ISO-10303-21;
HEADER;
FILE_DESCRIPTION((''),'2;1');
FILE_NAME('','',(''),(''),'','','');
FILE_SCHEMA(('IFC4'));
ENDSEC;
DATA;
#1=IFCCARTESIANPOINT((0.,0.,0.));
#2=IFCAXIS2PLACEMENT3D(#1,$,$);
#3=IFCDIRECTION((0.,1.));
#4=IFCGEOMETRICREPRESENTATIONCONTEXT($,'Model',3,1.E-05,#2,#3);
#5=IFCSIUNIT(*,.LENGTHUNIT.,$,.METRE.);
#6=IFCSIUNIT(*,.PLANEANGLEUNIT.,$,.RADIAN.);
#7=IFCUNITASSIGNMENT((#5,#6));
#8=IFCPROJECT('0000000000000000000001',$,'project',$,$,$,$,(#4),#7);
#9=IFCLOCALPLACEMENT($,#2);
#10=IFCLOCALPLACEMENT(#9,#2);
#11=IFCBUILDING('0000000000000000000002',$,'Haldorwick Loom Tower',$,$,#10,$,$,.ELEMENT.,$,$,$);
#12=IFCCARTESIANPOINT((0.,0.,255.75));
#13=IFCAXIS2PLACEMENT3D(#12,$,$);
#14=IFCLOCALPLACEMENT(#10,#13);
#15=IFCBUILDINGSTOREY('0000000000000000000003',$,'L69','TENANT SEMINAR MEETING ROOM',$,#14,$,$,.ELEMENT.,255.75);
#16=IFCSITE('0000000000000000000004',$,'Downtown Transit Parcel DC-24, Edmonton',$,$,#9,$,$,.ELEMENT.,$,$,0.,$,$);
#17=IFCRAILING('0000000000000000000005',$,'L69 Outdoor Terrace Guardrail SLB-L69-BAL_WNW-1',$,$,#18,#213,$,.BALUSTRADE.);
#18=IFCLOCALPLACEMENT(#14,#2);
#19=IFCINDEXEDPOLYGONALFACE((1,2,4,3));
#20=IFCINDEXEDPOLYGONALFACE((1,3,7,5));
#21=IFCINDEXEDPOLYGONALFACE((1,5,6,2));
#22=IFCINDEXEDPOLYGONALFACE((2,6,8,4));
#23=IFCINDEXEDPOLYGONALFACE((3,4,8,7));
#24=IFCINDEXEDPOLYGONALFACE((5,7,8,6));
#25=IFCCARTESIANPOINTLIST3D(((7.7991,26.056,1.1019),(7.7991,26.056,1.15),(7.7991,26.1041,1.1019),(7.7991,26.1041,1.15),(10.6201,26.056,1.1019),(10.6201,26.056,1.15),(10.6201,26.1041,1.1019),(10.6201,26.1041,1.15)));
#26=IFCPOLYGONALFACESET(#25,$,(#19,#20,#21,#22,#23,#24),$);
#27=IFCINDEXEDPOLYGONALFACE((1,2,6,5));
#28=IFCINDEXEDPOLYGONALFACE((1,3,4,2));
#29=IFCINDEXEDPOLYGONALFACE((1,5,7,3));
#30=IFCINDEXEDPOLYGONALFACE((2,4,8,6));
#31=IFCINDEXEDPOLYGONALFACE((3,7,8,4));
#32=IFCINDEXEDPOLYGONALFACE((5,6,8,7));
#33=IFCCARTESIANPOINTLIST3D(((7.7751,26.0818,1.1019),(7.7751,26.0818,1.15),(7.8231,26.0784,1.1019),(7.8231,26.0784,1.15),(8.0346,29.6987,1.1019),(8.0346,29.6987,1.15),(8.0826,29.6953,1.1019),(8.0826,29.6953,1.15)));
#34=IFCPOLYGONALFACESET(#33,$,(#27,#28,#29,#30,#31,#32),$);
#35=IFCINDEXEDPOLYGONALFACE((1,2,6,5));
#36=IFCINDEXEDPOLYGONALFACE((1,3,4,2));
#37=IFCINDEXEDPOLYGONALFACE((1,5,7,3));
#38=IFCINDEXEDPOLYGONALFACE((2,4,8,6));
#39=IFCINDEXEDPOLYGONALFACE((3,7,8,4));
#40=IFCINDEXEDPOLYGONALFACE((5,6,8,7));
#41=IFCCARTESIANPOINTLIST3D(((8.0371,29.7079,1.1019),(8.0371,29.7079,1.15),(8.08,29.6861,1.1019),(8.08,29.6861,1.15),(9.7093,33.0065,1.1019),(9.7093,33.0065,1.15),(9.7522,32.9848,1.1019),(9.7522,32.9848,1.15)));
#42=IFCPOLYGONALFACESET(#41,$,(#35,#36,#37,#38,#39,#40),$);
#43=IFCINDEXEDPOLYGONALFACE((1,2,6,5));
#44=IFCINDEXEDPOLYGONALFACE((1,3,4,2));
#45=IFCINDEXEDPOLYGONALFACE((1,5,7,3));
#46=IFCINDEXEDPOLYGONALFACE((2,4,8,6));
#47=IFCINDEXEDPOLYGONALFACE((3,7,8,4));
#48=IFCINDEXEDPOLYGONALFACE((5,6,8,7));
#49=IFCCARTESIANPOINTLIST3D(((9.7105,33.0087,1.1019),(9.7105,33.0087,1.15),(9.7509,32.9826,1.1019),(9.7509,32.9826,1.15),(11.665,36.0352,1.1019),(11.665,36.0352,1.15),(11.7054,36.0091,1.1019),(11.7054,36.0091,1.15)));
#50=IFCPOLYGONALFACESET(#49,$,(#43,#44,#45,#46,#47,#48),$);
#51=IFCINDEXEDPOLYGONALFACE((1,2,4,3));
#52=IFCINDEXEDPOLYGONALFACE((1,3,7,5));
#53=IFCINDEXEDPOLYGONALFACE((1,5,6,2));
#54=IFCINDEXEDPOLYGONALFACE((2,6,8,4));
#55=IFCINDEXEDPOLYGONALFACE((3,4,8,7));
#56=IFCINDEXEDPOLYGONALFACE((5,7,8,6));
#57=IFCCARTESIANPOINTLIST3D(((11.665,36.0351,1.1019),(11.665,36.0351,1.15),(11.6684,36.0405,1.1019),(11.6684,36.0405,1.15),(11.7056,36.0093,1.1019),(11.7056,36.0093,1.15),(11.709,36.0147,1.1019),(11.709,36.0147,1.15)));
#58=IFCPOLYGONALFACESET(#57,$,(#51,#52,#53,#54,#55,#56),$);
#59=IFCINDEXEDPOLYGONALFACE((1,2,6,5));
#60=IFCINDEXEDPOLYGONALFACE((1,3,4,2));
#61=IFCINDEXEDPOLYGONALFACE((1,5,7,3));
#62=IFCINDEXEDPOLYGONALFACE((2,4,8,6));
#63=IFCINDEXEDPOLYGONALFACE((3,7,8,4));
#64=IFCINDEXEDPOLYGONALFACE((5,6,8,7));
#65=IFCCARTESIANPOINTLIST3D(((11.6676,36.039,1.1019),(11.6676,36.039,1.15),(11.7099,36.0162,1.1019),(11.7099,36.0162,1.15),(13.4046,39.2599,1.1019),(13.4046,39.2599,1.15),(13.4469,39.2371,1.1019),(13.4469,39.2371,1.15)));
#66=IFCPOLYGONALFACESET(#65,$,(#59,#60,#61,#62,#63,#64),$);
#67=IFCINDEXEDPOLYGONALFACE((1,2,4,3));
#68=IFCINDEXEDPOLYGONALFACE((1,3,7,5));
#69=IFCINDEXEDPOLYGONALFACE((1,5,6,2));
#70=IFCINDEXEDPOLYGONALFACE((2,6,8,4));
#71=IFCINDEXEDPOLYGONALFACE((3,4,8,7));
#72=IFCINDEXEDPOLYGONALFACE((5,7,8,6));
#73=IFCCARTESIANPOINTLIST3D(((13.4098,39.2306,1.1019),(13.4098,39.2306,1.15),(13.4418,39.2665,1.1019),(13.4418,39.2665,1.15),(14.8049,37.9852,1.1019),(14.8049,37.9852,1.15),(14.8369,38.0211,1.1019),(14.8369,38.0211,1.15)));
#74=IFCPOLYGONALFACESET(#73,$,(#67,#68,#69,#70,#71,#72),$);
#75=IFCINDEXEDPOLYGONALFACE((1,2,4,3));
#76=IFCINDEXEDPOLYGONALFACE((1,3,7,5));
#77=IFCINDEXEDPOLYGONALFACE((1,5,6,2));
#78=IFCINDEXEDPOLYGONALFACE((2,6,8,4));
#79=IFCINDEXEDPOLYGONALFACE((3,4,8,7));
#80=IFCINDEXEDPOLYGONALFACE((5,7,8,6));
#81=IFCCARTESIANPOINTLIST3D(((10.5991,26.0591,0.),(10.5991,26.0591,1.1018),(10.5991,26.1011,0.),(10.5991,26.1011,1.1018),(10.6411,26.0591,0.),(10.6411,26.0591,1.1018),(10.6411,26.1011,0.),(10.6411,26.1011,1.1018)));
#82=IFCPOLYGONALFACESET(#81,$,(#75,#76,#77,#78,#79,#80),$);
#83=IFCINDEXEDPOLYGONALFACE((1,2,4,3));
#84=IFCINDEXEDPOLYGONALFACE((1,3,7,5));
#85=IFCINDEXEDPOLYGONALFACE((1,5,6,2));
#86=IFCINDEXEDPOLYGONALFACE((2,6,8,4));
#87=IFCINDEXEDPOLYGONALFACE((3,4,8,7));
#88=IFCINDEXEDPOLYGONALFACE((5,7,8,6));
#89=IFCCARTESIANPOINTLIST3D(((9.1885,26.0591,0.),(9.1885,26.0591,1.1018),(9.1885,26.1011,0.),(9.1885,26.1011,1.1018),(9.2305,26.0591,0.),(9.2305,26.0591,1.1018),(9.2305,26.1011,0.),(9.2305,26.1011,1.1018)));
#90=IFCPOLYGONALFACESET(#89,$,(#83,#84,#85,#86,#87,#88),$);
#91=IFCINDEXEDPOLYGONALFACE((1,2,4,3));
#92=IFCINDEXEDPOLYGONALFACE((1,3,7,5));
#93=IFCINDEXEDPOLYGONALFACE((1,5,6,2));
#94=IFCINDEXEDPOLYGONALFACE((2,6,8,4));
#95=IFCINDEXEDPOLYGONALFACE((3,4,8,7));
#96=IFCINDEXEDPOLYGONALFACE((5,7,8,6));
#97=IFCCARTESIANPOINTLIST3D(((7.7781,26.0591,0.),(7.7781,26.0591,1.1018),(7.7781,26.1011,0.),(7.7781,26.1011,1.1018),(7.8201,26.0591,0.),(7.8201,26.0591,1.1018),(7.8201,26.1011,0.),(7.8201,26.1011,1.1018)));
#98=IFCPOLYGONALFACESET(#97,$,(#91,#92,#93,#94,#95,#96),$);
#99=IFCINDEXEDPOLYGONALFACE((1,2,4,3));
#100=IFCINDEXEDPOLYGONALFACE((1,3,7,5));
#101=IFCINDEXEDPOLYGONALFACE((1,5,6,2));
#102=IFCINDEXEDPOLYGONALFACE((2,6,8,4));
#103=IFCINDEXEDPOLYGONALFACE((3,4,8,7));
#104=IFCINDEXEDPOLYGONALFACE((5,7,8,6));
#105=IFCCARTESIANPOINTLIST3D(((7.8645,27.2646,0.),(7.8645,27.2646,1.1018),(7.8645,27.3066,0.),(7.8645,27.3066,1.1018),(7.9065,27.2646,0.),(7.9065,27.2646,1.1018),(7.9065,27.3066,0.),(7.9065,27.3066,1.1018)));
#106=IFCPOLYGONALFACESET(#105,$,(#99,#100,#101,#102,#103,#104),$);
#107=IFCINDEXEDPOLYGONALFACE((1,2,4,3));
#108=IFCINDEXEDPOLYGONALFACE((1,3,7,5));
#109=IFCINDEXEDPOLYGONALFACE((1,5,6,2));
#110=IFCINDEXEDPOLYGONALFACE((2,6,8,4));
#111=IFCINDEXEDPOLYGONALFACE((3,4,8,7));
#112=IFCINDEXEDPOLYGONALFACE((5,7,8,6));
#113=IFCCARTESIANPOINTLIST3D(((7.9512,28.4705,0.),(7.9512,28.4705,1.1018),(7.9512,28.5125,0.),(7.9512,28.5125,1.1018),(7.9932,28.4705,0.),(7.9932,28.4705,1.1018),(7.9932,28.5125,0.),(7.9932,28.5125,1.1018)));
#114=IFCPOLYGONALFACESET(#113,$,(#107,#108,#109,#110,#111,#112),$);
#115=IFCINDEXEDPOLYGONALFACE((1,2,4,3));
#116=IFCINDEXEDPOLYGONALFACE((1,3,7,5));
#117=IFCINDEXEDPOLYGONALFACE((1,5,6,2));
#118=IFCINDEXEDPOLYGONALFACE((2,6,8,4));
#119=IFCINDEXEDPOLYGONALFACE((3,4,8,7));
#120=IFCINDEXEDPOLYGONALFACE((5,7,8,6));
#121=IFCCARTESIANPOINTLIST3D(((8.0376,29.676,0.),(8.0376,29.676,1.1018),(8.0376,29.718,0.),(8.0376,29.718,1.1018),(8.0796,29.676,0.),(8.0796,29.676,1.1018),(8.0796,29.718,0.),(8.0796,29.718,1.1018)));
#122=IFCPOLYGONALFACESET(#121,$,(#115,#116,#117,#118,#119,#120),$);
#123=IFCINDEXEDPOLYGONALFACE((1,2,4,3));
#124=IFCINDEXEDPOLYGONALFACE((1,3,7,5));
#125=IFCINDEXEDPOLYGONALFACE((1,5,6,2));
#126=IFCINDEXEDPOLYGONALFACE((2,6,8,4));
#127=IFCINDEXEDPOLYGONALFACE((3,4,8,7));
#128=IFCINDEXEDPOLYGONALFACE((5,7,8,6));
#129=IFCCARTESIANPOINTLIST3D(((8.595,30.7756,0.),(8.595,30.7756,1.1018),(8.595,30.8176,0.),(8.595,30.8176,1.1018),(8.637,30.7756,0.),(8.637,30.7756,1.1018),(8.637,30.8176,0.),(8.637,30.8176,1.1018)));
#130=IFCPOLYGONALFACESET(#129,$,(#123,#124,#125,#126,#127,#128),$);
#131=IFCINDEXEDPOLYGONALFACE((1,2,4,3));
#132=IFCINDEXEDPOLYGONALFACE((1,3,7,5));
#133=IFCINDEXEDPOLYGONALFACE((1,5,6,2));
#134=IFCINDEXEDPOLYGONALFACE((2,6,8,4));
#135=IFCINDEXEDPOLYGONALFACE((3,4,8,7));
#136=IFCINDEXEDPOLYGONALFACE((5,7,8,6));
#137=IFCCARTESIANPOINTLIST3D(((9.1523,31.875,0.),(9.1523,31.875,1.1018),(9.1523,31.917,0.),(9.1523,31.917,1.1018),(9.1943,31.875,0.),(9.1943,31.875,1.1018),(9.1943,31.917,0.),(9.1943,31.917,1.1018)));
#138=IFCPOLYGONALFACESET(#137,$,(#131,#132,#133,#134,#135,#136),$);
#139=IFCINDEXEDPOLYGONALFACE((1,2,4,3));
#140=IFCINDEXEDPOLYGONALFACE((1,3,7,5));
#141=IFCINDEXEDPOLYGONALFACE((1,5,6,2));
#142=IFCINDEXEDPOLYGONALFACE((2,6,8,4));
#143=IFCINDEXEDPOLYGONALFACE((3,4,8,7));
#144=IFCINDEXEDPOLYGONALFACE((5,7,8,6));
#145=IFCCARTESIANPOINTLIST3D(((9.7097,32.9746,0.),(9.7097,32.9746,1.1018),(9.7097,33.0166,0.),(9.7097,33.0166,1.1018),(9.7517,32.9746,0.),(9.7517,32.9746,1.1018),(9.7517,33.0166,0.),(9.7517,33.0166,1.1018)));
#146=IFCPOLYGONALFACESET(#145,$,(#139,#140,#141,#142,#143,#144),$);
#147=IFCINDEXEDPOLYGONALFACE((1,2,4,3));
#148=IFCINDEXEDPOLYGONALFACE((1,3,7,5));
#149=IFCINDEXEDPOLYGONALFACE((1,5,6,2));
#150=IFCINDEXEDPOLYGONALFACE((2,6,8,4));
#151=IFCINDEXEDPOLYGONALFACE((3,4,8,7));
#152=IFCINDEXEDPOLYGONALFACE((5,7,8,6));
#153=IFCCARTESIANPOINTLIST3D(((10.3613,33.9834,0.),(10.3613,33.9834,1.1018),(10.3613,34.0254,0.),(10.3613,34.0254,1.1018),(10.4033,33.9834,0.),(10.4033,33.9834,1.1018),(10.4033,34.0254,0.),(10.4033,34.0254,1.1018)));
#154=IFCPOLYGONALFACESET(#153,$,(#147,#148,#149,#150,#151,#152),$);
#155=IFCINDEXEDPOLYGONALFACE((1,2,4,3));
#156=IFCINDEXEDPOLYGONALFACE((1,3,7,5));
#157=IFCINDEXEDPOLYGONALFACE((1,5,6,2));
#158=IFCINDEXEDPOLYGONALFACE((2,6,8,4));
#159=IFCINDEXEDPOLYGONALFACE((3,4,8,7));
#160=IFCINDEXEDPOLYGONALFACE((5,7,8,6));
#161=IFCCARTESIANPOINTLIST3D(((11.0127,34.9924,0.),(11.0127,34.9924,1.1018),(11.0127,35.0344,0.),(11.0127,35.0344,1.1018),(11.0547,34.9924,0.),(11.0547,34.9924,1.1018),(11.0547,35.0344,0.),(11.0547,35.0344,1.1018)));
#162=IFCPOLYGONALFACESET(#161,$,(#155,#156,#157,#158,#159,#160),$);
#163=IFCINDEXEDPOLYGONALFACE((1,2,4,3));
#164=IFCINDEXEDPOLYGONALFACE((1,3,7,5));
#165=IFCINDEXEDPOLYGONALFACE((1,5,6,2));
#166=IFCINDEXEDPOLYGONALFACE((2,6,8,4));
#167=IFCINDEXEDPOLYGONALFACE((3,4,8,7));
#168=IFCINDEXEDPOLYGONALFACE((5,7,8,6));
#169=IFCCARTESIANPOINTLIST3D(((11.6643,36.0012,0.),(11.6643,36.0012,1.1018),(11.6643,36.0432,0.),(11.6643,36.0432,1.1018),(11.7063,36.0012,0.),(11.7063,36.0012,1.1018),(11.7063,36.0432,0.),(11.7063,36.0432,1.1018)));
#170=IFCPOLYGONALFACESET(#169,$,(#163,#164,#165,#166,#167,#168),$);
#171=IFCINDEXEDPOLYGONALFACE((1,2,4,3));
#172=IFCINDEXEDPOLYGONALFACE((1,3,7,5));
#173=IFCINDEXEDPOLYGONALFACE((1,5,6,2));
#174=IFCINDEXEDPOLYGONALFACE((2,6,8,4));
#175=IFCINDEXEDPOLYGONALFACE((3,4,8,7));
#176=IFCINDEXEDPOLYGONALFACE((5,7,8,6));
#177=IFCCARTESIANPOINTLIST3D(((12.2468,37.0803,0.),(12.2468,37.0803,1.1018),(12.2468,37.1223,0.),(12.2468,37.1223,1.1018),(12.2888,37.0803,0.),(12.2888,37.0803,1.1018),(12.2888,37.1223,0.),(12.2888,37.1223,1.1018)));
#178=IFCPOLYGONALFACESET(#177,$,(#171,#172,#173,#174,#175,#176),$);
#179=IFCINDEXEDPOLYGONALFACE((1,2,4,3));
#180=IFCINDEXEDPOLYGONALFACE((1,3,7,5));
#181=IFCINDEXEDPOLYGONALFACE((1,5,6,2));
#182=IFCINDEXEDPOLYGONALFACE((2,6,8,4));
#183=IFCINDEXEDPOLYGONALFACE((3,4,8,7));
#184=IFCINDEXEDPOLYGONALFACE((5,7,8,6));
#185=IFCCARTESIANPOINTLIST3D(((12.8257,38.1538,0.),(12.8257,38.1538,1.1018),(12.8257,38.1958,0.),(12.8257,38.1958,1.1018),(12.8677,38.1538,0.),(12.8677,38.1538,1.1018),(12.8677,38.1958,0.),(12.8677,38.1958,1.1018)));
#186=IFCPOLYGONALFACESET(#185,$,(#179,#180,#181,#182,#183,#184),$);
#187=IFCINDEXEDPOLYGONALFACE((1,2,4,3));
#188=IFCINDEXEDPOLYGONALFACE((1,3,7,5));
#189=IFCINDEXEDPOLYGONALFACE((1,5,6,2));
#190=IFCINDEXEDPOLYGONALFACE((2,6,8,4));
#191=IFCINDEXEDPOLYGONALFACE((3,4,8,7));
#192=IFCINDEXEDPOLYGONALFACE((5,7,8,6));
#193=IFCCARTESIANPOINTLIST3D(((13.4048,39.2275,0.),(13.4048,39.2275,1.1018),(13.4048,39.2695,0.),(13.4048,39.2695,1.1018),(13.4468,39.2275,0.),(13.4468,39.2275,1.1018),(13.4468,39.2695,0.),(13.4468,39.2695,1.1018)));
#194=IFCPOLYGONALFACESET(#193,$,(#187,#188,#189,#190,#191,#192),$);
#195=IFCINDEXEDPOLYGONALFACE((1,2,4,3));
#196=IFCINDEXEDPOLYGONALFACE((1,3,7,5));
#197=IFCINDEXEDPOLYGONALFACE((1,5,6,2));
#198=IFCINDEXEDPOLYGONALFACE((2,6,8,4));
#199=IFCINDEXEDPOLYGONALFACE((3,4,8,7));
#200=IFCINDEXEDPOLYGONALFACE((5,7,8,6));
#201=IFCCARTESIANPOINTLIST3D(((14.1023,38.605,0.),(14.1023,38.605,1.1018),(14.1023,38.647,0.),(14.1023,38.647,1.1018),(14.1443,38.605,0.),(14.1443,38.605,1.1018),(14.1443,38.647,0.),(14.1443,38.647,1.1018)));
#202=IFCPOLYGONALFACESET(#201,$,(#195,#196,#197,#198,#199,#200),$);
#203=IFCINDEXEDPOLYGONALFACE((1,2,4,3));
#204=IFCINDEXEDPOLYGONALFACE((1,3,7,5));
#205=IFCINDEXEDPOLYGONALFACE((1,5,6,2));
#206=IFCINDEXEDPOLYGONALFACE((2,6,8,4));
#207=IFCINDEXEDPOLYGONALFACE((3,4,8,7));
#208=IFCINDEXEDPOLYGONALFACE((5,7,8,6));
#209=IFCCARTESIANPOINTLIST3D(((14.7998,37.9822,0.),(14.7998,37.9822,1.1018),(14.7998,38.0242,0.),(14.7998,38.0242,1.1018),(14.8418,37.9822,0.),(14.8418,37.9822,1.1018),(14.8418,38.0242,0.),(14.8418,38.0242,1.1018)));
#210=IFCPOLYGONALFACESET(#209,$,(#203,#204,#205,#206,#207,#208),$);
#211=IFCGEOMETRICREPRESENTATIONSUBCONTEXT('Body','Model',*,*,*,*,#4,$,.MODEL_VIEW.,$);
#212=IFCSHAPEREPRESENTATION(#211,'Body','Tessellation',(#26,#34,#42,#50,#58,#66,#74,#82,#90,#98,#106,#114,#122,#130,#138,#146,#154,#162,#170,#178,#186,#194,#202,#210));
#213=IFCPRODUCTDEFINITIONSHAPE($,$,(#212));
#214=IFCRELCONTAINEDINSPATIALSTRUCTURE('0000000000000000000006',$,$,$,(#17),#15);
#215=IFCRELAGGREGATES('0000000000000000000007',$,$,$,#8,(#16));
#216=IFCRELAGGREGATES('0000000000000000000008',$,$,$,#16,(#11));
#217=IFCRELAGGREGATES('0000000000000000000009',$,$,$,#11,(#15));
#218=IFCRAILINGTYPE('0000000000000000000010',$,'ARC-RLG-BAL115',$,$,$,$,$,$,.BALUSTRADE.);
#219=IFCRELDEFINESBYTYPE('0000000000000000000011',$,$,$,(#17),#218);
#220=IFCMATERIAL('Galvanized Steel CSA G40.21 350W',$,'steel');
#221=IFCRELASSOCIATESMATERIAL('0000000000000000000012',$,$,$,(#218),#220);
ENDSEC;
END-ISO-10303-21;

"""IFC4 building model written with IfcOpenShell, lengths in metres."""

from ifc_helpers import new_model, si_unit, direction, frame, origin, origin_2d, place, context, subcontext, project, spatial, rectangle, extrude, material, type_object, element, save


model = new_model("IFC4")

# Units and contexts
model_context = context("Model", 3, precision=1e-05, world=origin(), true_north=direction((0.0, 1.0)))
body_context = subcontext(model_context, "Body", "Model", "MODEL_VIEW")
ifc_project = project(units=[si_unit("LENGTHUNIT", "METRE"), si_unit("PLANEANGLEUNIT", "RADIAN")], contexts=[model_context])

# Site, building, storey
site_placement = place(None, origin())
site = spatial("IfcSite", under=ifc_project, at=site_placement, Name="Downtown Transit Parcel DC-24, Edmonton", CompositionType="ELEMENT", RefElevation=0.0)
building_placement = place(site_placement, origin())
building = spatial("IfcBuilding", under=site, at=building_placement, Name="Haldorwick Loom Tower", CompositionType="ELEMENT")
storey_placement = place(building_placement, frame((0.0, 0.0, 255.75)))
storey = spatial("IfcBuildingStorey", under=building, at=storey_placement, Name="L69", Description="TENANT SEMINAR MEETING ROOM", CompositionType="ELEMENT", Elevation=255.75)

# Railing
ifc_material_1 = material(Name="Galvanized Steel CSA G40.21 350W", Category="steel")
railing_type = type_object("IfcRailingType", Name="ARC-RLG-BAL115", PredefinedType="BALUSTRADE", material=ifc_material_1)
railing_placement = place(storey_placement, frame((10.6201, 26.0801, 0.0)))
element("IfcRailing", 1, at=railing_placement, inside=storey, type_object=railing_type, Name="L69 Outdoor Terrace Guardrail SLB-L69-BAL_WNW-1", PredefinedType="BALUSTRADE", context=body_context, shape_type="SweptSolid", body=[
    extrude(rectangle(XDim=0.0481, YDim=0.0481, at=origin_2d()), frame((0.0, 0.0, 1.126), z_axis=(-1.0, 0.0, 0.0), x_axis=(0.0, -1.0, 0.0)), (0.0, 0.0, 1.0), 2.821),
    extrude(rectangle(XDim=0.0481, YDim=0.0481, at=origin_2d()), frame((-2.821, 0.0, 1.126), z_axis=(0.071568, 0.997436, 0.0), x_axis=(-0.997436, 0.071568, 0.0)), (0.0, 0.0, 1.0), 3.6262),
    extrude(rectangle(XDim=0.0481, YDim=0.0481, at=origin_2d()), frame((-2.5615, 3.6169, 1.126), z_axis=(0.452145, 0.891945, 0.0), x_axis=(-0.891945, 0.452145, 0.0)), (0.0, 0.0, 1.0), 3.6982),
    extrude(rectangle(XDim=0.0481, YDim=0.0481, at=origin_2d()), frame((-0.8894, 6.9155, 1.126), z_axis=(0.542507, 0.840052, 0.0), x_axis=(-0.840052, 0.542507, 0.0)), (0.0, 0.0, 1.0), 3.6028),
    extrude(rectangle(XDim=0.0481, YDim=0.0481, at=origin_2d()), frame((1.0652, 9.9421, 1.126), z_axis=(0.536875, 0.843661, 0.0), x_axis=(-0.843661, 0.536875, 0.0)), (0.0, 0.0, 1.0), 0.0063),
    extrude(rectangle(XDim=0.0481, YDim=0.0481, at=origin_2d()), frame((1.0686, 9.9475, 1.126), z_axis=(0.474673, 0.880162, 0.0), x_axis=(-0.880162, 0.474673, 0.0)), (0.0, 0.0, 1.0), 3.6594),
    extrude(rectangle(XDim=0.0481, YDim=0.0481, at=origin_2d()), frame((2.8057, 13.1685, 1.126), z_axis=(0.745989, -0.665959, 0.0), x_axis=(0.665959, 0.745989, 0.0)), (0.0, 0.0, 1.0), 1.8701),
    extrude(rectangle(XDim=0.042, YDim=0.042, at=origin_2d()), origin(), (0.0, 0.0, 1.0), 1.1018),
    extrude(rectangle(XDim=0.042, YDim=0.042, at=origin_2d()), frame((-1.4106, 0.0, 0.0)), (0.0, 0.0, 1.0), 1.1018),
    extrude(rectangle(XDim=0.042, YDim=0.042, at=origin_2d()), frame((-2.821, 0.0, 0.0)), (0.0, 0.0, 1.0), 1.1018),
    extrude(rectangle(XDim=0.042, YDim=0.042, at=origin_2d()), frame((-2.7346, 1.2056, 0.0)), (0.0, 0.0, 1.0), 1.1018),
    extrude(rectangle(XDim=0.042, YDim=0.042, at=origin_2d()), frame((-2.6479, 2.4114, 0.0)), (0.0, 0.0, 1.0), 1.1018),
    extrude(rectangle(XDim=0.042, YDim=0.042, at=origin_2d()), frame((-2.5615, 3.6169, 0.0)), (0.0, 0.0, 1.0), 1.1018),
    extrude(rectangle(XDim=0.042, YDim=0.042, at=origin_2d()), frame((-2.0042, 4.7166, 0.0)), (0.0, 0.0, 1.0), 1.1018),
    extrude(rectangle(XDim=0.042, YDim=0.042, at=origin_2d()), frame((-1.4468, 5.8159, 0.0)), (0.0, 0.0, 1.0), 1.1018),
    extrude(rectangle(XDim=0.042, YDim=0.042, at=origin_2d()), frame((-0.8894, 6.9155, 0.0)), (0.0, 0.0, 1.0), 1.1018),
    extrude(rectangle(XDim=0.042, YDim=0.042, at=origin_2d()), frame((-0.2378, 7.9243, 0.0)), (0.0, 0.0, 1.0), 1.1018),
    extrude(rectangle(XDim=0.042, YDim=0.042, at=origin_2d()), frame((0.4136, 8.9333, 0.0)), (0.0, 0.0, 1.0), 1.1018),
    extrude(rectangle(XDim=0.042, YDim=0.042, at=origin_2d()), frame((1.0652, 9.9421, 0.0)), (0.0, 0.0, 1.0), 1.1018),
    extrude(rectangle(XDim=0.042, YDim=0.042, at=origin_2d()), frame((1.6477, 11.0212, 0.0)), (0.0, 0.0, 1.0), 1.1018),
    extrude(rectangle(XDim=0.042, YDim=0.042, at=origin_2d()), frame((2.2266, 12.0947, 0.0)), (0.0, 0.0, 1.0), 1.1018),
    extrude(rectangle(XDim=0.042, YDim=0.042, at=origin_2d()), frame((2.8057, 13.1685, 0.0)), (0.0, 0.0, 1.0), 1.1018),
    extrude(rectangle(XDim=0.042, YDim=0.042, at=origin_2d()), frame((3.5032, 12.5459, 0.0)), (0.0, 0.0, 1.0), 1.1018),
    extrude(rectangle(XDim=0.042, YDim=0.042, at=origin_2d()), frame((4.2007, 11.9231, 0.0)), (0.0, 0.0, 1.0), 1.1018),
])

save(model, "model.ifc")
